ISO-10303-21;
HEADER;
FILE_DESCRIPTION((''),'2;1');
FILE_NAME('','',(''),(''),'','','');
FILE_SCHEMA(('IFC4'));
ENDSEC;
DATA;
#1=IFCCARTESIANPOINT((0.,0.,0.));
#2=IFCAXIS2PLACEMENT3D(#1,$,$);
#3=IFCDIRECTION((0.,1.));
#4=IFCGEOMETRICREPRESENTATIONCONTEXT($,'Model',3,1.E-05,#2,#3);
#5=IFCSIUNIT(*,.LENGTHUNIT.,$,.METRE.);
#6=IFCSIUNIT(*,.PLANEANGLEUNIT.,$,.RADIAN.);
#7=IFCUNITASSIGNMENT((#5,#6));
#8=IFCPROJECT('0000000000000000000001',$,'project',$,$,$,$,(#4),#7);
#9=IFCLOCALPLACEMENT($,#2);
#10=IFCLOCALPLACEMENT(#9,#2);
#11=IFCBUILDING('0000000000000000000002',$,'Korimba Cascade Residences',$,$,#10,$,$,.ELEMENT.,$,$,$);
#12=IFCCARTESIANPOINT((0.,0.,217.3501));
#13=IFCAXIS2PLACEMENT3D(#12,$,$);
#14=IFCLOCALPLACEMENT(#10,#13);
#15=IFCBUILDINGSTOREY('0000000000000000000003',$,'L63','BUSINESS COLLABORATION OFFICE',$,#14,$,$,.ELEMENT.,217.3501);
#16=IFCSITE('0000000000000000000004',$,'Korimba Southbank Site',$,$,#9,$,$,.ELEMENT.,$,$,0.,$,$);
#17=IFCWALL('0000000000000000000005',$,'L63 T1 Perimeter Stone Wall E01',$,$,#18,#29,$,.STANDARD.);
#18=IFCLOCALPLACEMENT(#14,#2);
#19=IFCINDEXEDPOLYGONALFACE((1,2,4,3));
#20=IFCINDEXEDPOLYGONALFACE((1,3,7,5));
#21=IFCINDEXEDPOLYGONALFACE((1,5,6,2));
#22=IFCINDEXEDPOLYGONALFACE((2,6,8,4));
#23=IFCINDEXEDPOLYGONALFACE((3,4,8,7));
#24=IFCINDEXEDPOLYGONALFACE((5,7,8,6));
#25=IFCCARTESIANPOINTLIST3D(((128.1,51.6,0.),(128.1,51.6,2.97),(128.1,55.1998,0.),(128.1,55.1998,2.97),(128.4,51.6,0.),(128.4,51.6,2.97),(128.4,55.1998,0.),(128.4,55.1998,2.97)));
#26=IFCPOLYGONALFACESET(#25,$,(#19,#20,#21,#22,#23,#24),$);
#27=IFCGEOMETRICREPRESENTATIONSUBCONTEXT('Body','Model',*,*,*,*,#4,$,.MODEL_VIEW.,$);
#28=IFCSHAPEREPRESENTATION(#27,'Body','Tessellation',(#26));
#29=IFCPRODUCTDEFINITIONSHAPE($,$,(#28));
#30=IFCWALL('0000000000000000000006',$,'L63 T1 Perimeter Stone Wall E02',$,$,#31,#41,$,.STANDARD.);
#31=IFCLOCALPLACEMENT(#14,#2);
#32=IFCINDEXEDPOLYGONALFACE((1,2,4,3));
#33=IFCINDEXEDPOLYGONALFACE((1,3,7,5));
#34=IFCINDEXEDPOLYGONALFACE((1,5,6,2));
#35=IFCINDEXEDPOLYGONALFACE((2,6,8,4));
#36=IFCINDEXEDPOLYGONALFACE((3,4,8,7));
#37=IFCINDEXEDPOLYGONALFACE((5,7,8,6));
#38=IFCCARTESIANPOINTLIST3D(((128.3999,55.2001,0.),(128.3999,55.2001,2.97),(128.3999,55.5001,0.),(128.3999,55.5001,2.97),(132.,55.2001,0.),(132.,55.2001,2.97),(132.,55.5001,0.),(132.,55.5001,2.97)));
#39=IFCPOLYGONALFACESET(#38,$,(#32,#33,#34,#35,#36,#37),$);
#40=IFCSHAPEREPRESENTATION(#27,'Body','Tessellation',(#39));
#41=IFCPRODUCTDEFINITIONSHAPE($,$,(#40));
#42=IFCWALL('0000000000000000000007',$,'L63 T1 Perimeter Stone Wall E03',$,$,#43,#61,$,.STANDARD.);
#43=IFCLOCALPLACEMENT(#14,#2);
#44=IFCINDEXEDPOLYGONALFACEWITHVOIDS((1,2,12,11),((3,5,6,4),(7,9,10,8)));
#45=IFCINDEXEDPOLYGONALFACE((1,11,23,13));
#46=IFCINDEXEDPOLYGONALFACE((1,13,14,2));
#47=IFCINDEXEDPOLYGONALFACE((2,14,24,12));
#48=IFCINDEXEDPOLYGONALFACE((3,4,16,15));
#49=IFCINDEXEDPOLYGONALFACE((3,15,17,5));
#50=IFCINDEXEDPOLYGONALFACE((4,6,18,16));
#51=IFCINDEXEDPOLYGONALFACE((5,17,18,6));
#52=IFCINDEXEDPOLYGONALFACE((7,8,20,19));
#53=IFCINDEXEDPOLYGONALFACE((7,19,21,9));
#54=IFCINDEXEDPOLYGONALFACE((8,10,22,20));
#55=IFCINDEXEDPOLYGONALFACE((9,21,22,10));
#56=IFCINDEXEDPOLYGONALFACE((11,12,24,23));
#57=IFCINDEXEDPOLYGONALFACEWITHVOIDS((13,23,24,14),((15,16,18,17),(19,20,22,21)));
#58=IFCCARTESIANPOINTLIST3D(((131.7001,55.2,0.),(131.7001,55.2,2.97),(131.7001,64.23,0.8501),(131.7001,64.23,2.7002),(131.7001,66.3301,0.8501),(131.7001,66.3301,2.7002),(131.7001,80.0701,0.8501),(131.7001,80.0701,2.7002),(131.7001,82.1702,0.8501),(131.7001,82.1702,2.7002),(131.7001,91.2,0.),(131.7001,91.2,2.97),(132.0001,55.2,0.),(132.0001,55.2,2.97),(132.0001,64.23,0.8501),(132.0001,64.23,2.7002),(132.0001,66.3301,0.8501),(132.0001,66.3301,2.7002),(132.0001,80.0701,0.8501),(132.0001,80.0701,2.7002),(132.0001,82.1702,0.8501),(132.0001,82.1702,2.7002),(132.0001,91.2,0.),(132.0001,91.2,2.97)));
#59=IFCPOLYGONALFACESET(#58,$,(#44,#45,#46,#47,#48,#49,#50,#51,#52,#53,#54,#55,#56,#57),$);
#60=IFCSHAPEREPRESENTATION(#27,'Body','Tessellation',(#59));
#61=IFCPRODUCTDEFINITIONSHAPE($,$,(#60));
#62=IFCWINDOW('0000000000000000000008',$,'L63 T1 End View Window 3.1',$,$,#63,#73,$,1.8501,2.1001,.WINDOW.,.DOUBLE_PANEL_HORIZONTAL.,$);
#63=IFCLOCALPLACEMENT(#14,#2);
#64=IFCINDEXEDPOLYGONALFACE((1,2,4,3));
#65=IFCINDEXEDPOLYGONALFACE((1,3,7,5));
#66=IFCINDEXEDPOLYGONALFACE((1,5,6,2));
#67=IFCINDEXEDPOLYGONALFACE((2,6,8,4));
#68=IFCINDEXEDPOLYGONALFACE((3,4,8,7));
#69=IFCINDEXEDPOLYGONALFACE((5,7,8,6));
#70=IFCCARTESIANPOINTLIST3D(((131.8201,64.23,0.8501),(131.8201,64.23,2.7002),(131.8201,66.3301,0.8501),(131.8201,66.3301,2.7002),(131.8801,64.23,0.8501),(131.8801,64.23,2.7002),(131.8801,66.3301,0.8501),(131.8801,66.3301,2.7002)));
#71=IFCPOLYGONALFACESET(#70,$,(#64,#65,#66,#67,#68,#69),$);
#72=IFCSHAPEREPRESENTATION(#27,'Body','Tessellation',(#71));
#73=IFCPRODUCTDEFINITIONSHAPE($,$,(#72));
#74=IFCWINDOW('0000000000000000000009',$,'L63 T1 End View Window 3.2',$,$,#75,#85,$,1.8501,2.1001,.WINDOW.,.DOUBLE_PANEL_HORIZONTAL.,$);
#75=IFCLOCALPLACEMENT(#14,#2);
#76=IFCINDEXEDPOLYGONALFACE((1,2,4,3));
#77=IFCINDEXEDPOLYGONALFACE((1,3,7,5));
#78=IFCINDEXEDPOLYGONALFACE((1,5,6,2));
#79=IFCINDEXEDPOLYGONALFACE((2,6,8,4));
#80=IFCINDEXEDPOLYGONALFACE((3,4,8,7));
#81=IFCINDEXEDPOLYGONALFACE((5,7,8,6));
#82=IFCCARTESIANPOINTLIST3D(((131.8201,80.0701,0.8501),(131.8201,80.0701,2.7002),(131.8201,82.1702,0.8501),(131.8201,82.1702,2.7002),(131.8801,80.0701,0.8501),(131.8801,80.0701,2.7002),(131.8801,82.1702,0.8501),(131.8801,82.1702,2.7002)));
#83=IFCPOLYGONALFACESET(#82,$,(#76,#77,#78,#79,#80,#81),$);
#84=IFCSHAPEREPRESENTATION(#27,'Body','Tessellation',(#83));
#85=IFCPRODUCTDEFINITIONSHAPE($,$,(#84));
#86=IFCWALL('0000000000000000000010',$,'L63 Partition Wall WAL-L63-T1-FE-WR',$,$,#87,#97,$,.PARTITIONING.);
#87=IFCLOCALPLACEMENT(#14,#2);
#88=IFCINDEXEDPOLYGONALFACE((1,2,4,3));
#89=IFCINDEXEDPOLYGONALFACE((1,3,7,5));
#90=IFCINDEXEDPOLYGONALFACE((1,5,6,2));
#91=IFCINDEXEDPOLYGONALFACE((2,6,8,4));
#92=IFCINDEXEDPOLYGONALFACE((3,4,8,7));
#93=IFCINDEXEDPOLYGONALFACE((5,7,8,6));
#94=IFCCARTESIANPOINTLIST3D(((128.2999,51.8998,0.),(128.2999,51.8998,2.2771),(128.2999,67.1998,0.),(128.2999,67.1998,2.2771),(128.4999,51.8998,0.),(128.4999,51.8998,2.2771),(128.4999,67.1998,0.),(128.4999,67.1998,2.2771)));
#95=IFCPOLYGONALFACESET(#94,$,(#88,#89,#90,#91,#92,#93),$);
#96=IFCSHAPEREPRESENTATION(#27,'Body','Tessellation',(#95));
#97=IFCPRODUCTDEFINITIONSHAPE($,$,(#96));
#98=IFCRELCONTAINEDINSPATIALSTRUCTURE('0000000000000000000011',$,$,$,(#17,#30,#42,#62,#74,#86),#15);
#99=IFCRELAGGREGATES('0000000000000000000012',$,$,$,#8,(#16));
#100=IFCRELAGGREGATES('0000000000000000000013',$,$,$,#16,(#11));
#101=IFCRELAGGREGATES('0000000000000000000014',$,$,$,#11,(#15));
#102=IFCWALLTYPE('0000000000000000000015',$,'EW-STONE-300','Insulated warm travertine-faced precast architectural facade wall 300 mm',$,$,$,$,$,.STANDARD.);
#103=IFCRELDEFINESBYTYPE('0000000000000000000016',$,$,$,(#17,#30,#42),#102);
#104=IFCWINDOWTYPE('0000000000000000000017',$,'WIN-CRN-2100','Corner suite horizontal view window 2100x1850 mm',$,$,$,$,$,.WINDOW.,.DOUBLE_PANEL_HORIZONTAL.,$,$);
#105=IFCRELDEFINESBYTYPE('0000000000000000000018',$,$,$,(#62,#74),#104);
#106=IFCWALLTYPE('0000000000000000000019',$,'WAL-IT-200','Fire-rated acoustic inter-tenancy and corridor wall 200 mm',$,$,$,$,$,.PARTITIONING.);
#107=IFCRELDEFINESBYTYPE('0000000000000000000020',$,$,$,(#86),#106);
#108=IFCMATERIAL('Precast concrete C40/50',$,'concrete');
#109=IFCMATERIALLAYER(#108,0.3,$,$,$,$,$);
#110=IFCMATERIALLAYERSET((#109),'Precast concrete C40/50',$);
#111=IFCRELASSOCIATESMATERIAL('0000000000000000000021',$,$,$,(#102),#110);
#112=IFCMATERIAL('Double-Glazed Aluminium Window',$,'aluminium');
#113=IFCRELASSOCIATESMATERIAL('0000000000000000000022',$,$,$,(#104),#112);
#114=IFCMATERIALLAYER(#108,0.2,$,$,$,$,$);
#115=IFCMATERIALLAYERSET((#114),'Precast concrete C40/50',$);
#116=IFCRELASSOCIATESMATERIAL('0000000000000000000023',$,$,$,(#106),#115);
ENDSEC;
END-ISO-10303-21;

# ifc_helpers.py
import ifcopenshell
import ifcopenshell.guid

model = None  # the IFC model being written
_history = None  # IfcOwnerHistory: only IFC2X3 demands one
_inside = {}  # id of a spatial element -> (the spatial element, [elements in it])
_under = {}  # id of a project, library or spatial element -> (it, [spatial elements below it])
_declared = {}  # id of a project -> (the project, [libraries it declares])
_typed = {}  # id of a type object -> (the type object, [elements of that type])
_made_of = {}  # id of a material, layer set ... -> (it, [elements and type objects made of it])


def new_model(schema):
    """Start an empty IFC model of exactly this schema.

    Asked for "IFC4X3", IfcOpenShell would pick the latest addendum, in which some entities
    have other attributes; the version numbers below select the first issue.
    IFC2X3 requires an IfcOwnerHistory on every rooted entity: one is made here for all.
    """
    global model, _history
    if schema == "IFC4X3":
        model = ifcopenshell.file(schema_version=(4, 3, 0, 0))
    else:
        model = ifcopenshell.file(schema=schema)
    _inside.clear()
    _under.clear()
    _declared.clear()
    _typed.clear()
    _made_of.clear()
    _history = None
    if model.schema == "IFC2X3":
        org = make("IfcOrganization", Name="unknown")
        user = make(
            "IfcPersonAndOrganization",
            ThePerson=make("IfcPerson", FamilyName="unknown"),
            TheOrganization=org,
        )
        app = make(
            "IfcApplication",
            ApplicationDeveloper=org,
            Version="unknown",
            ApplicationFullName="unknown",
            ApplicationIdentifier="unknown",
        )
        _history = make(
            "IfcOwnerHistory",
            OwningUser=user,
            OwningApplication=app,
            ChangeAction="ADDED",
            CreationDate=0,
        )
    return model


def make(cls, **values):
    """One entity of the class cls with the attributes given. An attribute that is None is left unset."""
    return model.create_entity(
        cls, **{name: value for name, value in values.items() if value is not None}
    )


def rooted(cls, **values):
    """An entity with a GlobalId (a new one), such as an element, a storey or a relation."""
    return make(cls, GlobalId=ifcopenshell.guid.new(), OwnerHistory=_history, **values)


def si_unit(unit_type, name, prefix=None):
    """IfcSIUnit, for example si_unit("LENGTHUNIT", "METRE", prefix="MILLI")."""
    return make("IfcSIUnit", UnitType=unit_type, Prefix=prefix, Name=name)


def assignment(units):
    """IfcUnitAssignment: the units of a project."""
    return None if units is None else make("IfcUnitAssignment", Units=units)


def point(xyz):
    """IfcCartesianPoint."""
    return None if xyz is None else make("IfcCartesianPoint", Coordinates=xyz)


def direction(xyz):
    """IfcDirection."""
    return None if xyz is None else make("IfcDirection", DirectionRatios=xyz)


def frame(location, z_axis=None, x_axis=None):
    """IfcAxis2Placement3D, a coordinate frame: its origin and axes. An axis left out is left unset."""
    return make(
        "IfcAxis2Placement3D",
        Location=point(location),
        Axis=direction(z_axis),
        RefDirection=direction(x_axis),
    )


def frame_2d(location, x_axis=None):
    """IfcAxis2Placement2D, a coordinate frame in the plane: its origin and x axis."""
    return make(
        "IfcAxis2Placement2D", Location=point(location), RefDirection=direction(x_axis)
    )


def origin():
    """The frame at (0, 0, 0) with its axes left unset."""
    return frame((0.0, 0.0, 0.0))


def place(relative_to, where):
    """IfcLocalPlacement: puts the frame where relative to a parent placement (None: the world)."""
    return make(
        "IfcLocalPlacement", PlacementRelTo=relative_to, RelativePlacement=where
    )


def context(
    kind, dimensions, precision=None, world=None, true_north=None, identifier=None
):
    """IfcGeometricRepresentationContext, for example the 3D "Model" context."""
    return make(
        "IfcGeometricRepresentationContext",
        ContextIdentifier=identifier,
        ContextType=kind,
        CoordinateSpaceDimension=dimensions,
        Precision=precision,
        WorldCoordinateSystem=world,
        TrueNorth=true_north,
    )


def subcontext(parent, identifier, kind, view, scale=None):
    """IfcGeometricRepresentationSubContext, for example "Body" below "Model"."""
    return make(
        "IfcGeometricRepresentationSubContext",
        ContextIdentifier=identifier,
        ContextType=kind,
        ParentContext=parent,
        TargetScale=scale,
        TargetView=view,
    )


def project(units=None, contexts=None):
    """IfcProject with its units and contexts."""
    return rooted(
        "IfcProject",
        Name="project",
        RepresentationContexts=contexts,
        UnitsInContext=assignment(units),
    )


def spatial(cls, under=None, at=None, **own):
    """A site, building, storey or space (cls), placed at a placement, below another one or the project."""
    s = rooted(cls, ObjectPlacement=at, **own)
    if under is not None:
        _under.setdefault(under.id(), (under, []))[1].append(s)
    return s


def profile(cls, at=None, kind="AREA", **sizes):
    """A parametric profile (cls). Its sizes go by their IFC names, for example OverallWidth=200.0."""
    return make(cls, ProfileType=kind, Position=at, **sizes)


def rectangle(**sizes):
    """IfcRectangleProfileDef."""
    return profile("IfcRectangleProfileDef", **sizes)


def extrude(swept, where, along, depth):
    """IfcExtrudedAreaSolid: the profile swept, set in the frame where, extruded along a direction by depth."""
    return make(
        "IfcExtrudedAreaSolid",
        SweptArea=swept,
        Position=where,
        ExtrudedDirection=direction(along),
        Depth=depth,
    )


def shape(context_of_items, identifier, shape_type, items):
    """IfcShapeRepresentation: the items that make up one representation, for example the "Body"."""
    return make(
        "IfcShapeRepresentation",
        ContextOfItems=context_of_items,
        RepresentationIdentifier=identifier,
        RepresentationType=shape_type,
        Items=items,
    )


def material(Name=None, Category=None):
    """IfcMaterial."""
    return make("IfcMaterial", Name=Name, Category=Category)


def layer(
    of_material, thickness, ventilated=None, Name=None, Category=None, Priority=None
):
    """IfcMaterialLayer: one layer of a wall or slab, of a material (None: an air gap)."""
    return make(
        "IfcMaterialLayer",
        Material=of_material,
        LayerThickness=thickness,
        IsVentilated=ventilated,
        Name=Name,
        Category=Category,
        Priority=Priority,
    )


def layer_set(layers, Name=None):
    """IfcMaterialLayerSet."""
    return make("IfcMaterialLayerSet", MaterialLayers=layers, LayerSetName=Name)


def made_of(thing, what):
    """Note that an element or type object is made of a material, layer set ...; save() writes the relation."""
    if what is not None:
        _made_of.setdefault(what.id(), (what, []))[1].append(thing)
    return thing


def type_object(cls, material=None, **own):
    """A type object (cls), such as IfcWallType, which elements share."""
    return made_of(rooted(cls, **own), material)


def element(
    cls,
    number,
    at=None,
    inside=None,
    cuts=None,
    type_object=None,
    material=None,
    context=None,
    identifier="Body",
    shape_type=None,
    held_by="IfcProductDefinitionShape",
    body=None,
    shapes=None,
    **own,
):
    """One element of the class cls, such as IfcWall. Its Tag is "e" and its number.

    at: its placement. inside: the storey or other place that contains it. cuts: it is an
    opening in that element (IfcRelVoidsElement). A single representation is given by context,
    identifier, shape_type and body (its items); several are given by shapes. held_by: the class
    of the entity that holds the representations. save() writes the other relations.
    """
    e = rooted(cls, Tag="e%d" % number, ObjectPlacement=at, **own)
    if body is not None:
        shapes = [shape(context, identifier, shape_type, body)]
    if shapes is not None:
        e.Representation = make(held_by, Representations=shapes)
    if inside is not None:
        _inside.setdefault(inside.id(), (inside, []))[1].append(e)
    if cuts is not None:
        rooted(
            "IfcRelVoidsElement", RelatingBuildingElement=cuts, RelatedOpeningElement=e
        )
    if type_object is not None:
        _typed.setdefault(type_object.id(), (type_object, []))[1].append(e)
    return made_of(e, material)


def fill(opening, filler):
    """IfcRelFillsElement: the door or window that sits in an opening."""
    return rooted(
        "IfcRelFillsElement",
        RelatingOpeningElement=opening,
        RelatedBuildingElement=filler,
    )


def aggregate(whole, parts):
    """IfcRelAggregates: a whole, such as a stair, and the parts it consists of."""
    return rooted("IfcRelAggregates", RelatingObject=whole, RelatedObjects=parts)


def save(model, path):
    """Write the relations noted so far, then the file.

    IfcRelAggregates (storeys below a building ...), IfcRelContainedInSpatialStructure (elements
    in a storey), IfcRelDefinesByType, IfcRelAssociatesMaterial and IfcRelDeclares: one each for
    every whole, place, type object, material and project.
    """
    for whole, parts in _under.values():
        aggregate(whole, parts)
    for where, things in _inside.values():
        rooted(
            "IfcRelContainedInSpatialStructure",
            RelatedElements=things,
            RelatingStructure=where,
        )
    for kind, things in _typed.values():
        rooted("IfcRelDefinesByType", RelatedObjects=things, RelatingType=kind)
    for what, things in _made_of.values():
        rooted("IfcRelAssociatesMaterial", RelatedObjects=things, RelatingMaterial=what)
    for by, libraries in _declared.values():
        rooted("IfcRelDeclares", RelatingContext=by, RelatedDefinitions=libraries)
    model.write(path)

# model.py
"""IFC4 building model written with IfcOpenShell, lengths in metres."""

from ifc_helpers import new_model, si_unit, direction, frame, frame_2d, origin, place, context, subcontext, project, spatial, rectangle, extrude, material, layer, layer_set, type_object, element, fill, save


model = new_model("IFC4")

# Units and contexts
model_context = context("Model", 3, precision=1e-05, world=origin(), true_north=direction((0.0, 1.0)))
body_context = subcontext(model_context, "Body", "Model", "MODEL_VIEW")
ifc_project = project(units=[si_unit("LENGTHUNIT", "METRE"), si_unit("PLANEANGLEUNIT", "RADIAN")], contexts=[model_context])

# Site, building, storey
site_placement = place(None, origin())
site = spatial("IfcSite", under=ifc_project, at=site_placement, Name="Korimba Southbank Site", CompositionType="ELEMENT", RefElevation=0.0)
building_placement = place(site_placement, origin())
building = spatial("IfcBuilding", under=site, at=building_placement, Name="Korimba Cascade Residences", CompositionType="ELEMENT")
storey_placement = place(building_placement, frame((0.0, 0.0, 217.3501)))
storey = spatial("IfcBuildingStorey", under=building, at=storey_placement, Name="L63", Description="BUSINESS COLLABORATION OFFICE", CompositionType="ELEMENT", Elevation=217.3501)

# Walls
ifc_material_1 = material(Name="Precast concrete C40/50", Category="concrete")
ifc_layer_1 = layer(ifc_material_1, 0.3)
ifc_layer_set_1 = layer_set([ifc_layer_1], Name="Precast concrete C40/50")
wall_type_1 = type_object("IfcWallType", Name="EW-STONE-300", Description="Insulated warm travertine-faced precast architectural facade wall 300 mm", PredefinedType="STANDARD", material=ifc_layer_set_1)
wall_1_placement = place(storey_placement, frame((128.25, 51.6001, 0.0), z_axis=(0.0, 0.0, 1.0), x_axis=(0.0, 1.0, 0.0)))
element("IfcWall", 1, at=wall_1_placement, inside=storey, type_object=wall_type_1, Name="L63 T1 Perimeter Stone Wall E01", PredefinedType="STANDARD", context=body_context, shape_type="SweptSolid", body=[
    extrude(rectangle(XDim=3.5999, YDim=0.3, at=frame_2d((1.7998, 0.0))), origin(), (0.0, 0.0, 1.0), 2.97),
])
wall_2_placement = place(storey_placement, frame((128.3999, 55.3501, 0.0), z_axis=(0.0, 0.0, 1.0), x_axis=(1.0, 0.0, 0.0)))
element("IfcWall", 2, at=wall_2_placement, inside=storey, type_object=wall_type_1, Name="L63 T1 Perimeter Stone Wall E02", PredefinedType="STANDARD", context=body_context, shape_type="SweptSolid", body=[
    extrude(rectangle(XDim=3.6001, YDim=0.3, at=frame_2d((1.8, 0.0))), origin(), (0.0, 0.0, 1.0), 2.97),
])

# Wall, openings, windows
wall_3_placement = place(storey_placement, frame((131.8501, 55.2, 0.0), z_axis=(0.0, 0.0, 1.0), x_axis=(0.0, 1.0, 0.0)))
wall_3 = element("IfcWall", 3, at=wall_3_placement, inside=storey, type_object=wall_type_1, Name="L63 T1 Perimeter Stone Wall E03", PredefinedType="STANDARD", context=body_context, shape_type="SweptSolid", body=[
    extrude(rectangle(XDim=36.0, YDim=0.3, at=frame_2d((18.0, 0.0))), origin(), (0.0, 0.0, 1.0), 2.97),
])
opening_1_placement = place(wall_3_placement, frame((9.03, 0.0, 0.8501)))
opening_1 = element("IfcOpeningElement", 4, at=opening_1_placement, cuts=wall_3, PredefinedType="OPENING", context=body_context, shape_type="SweptSolid", body=[
    extrude(rectangle(XDim=2.1001, YDim=1.8501, at=frame_2d((1.05, 0.925))), frame((0.0, 0.1602, 0.0), z_axis=(0.0, -1.0, 0.0), x_axis=(1.0, 0.0, 0.0)), (0.0, 0.0, 1.0), 0.3201),
])
opening_2_placement = place(wall_3_placement, frame((24.8701, 0.0, 0.8501)))
opening_2 = element("IfcOpeningElement", 5, at=opening_2_placement, cuts=wall_3, PredefinedType="OPENING", context=body_context, shape_type="SweptSolid", body=[
    extrude(rectangle(XDim=2.1001, YDim=1.8501, at=frame_2d((1.05, 0.925))), frame((0.0, 0.1602, 0.0), z_axis=(0.0, -1.0, 0.0), x_axis=(1.0, 0.0, 0.0)), (0.0, 0.0, 1.0), 0.3201),
])
ifc_material_2 = material(Name="Double-Glazed Aluminium Window", Category="aluminium")
window_type = type_object("IfcWindowType", Name="WIN-CRN-2100", Description="Corner suite horizontal view window 2100x1850 mm", PartitioningType="DOUBLE_PANEL_HORIZONTAL", PredefinedType="WINDOW", material=ifc_material_2)
window_1_placement = place(opening_1_placement, origin())
window_1 = element("IfcWindow", 6, at=window_1_placement, inside=storey, type_object=window_type, Name="L63 T1 End View Window 3.1", OverallHeight=1.8501, OverallWidth=2.1001, PartitioningType="DOUBLE_PANEL_HORIZONTAL", PredefinedType="WINDOW", context=body_context, shape_type="SweptSolid", body=[
    extrude(rectangle(XDim=2.1001, YDim=1.8501, at=frame_2d((1.05, 0.925))), frame((0.0, 0.03, 0.0), z_axis=(0.0, -1.0, 0.0), x_axis=(1.0, 0.0, 0.0)), (0.0, 0.0, 1.0), 0.0601),
])
fill(opening_1, window_1)
window_2_placement = place(opening_2_placement, origin())
window_2 = element("IfcWindow", 7, at=window_2_placement, inside=storey, type_object=window_type, Name="L63 T1 End View Window 3.2", OverallHeight=1.8501, OverallWidth=2.1001, PartitioningType="DOUBLE_PANEL_HORIZONTAL", PredefinedType="WINDOW", context=body_context, shape_type="SweptSolid", body=[
    extrude(rectangle(XDim=2.1001, YDim=1.8501, at=frame_2d((1.05, 0.925))), frame((0.0, 0.03, 0.0), z_axis=(0.0, -1.0, 0.0), x_axis=(1.0, 0.0, 0.0)), (0.0, 0.0, 1.0), 0.0601),
])
fill(opening_2, window_2)

# Wall
ifc_layer_2 = layer(ifc_material_1, 0.2)
ifc_layer_set_2 = layer_set([ifc_layer_2], Name="Precast concrete C40/50")
wall_type_2 = type_object("IfcWallType", Name="WAL-IT-200", Description="Fire-rated acoustic inter-tenancy and corridor wall 200 mm", PredefinedType="PARTITIONING", material=ifc_layer_set_2)
wall_4_placement = place(storey_placement, frame((128.3999, 51.8999, 0.0), z_axis=(0.0, 0.0, 1.0), x_axis=(0.0, 1.0, 0.0)))
element("IfcWall", 8, at=wall_4_placement, inside=storey, type_object=wall_type_2, Name="L63 Partition Wall WAL-L63-T1-FE-WR", PredefinedType="PARTITIONING", context=body_context, shape_type="SweptSolid", body=[
    extrude(rectangle(XDim=15.3, YDim=0.2, at=frame_2d((7.6499, 0.0))), origin(), (0.0, 0.0, 1.0), 2.2771),
])

save(model, "model.ifc")
